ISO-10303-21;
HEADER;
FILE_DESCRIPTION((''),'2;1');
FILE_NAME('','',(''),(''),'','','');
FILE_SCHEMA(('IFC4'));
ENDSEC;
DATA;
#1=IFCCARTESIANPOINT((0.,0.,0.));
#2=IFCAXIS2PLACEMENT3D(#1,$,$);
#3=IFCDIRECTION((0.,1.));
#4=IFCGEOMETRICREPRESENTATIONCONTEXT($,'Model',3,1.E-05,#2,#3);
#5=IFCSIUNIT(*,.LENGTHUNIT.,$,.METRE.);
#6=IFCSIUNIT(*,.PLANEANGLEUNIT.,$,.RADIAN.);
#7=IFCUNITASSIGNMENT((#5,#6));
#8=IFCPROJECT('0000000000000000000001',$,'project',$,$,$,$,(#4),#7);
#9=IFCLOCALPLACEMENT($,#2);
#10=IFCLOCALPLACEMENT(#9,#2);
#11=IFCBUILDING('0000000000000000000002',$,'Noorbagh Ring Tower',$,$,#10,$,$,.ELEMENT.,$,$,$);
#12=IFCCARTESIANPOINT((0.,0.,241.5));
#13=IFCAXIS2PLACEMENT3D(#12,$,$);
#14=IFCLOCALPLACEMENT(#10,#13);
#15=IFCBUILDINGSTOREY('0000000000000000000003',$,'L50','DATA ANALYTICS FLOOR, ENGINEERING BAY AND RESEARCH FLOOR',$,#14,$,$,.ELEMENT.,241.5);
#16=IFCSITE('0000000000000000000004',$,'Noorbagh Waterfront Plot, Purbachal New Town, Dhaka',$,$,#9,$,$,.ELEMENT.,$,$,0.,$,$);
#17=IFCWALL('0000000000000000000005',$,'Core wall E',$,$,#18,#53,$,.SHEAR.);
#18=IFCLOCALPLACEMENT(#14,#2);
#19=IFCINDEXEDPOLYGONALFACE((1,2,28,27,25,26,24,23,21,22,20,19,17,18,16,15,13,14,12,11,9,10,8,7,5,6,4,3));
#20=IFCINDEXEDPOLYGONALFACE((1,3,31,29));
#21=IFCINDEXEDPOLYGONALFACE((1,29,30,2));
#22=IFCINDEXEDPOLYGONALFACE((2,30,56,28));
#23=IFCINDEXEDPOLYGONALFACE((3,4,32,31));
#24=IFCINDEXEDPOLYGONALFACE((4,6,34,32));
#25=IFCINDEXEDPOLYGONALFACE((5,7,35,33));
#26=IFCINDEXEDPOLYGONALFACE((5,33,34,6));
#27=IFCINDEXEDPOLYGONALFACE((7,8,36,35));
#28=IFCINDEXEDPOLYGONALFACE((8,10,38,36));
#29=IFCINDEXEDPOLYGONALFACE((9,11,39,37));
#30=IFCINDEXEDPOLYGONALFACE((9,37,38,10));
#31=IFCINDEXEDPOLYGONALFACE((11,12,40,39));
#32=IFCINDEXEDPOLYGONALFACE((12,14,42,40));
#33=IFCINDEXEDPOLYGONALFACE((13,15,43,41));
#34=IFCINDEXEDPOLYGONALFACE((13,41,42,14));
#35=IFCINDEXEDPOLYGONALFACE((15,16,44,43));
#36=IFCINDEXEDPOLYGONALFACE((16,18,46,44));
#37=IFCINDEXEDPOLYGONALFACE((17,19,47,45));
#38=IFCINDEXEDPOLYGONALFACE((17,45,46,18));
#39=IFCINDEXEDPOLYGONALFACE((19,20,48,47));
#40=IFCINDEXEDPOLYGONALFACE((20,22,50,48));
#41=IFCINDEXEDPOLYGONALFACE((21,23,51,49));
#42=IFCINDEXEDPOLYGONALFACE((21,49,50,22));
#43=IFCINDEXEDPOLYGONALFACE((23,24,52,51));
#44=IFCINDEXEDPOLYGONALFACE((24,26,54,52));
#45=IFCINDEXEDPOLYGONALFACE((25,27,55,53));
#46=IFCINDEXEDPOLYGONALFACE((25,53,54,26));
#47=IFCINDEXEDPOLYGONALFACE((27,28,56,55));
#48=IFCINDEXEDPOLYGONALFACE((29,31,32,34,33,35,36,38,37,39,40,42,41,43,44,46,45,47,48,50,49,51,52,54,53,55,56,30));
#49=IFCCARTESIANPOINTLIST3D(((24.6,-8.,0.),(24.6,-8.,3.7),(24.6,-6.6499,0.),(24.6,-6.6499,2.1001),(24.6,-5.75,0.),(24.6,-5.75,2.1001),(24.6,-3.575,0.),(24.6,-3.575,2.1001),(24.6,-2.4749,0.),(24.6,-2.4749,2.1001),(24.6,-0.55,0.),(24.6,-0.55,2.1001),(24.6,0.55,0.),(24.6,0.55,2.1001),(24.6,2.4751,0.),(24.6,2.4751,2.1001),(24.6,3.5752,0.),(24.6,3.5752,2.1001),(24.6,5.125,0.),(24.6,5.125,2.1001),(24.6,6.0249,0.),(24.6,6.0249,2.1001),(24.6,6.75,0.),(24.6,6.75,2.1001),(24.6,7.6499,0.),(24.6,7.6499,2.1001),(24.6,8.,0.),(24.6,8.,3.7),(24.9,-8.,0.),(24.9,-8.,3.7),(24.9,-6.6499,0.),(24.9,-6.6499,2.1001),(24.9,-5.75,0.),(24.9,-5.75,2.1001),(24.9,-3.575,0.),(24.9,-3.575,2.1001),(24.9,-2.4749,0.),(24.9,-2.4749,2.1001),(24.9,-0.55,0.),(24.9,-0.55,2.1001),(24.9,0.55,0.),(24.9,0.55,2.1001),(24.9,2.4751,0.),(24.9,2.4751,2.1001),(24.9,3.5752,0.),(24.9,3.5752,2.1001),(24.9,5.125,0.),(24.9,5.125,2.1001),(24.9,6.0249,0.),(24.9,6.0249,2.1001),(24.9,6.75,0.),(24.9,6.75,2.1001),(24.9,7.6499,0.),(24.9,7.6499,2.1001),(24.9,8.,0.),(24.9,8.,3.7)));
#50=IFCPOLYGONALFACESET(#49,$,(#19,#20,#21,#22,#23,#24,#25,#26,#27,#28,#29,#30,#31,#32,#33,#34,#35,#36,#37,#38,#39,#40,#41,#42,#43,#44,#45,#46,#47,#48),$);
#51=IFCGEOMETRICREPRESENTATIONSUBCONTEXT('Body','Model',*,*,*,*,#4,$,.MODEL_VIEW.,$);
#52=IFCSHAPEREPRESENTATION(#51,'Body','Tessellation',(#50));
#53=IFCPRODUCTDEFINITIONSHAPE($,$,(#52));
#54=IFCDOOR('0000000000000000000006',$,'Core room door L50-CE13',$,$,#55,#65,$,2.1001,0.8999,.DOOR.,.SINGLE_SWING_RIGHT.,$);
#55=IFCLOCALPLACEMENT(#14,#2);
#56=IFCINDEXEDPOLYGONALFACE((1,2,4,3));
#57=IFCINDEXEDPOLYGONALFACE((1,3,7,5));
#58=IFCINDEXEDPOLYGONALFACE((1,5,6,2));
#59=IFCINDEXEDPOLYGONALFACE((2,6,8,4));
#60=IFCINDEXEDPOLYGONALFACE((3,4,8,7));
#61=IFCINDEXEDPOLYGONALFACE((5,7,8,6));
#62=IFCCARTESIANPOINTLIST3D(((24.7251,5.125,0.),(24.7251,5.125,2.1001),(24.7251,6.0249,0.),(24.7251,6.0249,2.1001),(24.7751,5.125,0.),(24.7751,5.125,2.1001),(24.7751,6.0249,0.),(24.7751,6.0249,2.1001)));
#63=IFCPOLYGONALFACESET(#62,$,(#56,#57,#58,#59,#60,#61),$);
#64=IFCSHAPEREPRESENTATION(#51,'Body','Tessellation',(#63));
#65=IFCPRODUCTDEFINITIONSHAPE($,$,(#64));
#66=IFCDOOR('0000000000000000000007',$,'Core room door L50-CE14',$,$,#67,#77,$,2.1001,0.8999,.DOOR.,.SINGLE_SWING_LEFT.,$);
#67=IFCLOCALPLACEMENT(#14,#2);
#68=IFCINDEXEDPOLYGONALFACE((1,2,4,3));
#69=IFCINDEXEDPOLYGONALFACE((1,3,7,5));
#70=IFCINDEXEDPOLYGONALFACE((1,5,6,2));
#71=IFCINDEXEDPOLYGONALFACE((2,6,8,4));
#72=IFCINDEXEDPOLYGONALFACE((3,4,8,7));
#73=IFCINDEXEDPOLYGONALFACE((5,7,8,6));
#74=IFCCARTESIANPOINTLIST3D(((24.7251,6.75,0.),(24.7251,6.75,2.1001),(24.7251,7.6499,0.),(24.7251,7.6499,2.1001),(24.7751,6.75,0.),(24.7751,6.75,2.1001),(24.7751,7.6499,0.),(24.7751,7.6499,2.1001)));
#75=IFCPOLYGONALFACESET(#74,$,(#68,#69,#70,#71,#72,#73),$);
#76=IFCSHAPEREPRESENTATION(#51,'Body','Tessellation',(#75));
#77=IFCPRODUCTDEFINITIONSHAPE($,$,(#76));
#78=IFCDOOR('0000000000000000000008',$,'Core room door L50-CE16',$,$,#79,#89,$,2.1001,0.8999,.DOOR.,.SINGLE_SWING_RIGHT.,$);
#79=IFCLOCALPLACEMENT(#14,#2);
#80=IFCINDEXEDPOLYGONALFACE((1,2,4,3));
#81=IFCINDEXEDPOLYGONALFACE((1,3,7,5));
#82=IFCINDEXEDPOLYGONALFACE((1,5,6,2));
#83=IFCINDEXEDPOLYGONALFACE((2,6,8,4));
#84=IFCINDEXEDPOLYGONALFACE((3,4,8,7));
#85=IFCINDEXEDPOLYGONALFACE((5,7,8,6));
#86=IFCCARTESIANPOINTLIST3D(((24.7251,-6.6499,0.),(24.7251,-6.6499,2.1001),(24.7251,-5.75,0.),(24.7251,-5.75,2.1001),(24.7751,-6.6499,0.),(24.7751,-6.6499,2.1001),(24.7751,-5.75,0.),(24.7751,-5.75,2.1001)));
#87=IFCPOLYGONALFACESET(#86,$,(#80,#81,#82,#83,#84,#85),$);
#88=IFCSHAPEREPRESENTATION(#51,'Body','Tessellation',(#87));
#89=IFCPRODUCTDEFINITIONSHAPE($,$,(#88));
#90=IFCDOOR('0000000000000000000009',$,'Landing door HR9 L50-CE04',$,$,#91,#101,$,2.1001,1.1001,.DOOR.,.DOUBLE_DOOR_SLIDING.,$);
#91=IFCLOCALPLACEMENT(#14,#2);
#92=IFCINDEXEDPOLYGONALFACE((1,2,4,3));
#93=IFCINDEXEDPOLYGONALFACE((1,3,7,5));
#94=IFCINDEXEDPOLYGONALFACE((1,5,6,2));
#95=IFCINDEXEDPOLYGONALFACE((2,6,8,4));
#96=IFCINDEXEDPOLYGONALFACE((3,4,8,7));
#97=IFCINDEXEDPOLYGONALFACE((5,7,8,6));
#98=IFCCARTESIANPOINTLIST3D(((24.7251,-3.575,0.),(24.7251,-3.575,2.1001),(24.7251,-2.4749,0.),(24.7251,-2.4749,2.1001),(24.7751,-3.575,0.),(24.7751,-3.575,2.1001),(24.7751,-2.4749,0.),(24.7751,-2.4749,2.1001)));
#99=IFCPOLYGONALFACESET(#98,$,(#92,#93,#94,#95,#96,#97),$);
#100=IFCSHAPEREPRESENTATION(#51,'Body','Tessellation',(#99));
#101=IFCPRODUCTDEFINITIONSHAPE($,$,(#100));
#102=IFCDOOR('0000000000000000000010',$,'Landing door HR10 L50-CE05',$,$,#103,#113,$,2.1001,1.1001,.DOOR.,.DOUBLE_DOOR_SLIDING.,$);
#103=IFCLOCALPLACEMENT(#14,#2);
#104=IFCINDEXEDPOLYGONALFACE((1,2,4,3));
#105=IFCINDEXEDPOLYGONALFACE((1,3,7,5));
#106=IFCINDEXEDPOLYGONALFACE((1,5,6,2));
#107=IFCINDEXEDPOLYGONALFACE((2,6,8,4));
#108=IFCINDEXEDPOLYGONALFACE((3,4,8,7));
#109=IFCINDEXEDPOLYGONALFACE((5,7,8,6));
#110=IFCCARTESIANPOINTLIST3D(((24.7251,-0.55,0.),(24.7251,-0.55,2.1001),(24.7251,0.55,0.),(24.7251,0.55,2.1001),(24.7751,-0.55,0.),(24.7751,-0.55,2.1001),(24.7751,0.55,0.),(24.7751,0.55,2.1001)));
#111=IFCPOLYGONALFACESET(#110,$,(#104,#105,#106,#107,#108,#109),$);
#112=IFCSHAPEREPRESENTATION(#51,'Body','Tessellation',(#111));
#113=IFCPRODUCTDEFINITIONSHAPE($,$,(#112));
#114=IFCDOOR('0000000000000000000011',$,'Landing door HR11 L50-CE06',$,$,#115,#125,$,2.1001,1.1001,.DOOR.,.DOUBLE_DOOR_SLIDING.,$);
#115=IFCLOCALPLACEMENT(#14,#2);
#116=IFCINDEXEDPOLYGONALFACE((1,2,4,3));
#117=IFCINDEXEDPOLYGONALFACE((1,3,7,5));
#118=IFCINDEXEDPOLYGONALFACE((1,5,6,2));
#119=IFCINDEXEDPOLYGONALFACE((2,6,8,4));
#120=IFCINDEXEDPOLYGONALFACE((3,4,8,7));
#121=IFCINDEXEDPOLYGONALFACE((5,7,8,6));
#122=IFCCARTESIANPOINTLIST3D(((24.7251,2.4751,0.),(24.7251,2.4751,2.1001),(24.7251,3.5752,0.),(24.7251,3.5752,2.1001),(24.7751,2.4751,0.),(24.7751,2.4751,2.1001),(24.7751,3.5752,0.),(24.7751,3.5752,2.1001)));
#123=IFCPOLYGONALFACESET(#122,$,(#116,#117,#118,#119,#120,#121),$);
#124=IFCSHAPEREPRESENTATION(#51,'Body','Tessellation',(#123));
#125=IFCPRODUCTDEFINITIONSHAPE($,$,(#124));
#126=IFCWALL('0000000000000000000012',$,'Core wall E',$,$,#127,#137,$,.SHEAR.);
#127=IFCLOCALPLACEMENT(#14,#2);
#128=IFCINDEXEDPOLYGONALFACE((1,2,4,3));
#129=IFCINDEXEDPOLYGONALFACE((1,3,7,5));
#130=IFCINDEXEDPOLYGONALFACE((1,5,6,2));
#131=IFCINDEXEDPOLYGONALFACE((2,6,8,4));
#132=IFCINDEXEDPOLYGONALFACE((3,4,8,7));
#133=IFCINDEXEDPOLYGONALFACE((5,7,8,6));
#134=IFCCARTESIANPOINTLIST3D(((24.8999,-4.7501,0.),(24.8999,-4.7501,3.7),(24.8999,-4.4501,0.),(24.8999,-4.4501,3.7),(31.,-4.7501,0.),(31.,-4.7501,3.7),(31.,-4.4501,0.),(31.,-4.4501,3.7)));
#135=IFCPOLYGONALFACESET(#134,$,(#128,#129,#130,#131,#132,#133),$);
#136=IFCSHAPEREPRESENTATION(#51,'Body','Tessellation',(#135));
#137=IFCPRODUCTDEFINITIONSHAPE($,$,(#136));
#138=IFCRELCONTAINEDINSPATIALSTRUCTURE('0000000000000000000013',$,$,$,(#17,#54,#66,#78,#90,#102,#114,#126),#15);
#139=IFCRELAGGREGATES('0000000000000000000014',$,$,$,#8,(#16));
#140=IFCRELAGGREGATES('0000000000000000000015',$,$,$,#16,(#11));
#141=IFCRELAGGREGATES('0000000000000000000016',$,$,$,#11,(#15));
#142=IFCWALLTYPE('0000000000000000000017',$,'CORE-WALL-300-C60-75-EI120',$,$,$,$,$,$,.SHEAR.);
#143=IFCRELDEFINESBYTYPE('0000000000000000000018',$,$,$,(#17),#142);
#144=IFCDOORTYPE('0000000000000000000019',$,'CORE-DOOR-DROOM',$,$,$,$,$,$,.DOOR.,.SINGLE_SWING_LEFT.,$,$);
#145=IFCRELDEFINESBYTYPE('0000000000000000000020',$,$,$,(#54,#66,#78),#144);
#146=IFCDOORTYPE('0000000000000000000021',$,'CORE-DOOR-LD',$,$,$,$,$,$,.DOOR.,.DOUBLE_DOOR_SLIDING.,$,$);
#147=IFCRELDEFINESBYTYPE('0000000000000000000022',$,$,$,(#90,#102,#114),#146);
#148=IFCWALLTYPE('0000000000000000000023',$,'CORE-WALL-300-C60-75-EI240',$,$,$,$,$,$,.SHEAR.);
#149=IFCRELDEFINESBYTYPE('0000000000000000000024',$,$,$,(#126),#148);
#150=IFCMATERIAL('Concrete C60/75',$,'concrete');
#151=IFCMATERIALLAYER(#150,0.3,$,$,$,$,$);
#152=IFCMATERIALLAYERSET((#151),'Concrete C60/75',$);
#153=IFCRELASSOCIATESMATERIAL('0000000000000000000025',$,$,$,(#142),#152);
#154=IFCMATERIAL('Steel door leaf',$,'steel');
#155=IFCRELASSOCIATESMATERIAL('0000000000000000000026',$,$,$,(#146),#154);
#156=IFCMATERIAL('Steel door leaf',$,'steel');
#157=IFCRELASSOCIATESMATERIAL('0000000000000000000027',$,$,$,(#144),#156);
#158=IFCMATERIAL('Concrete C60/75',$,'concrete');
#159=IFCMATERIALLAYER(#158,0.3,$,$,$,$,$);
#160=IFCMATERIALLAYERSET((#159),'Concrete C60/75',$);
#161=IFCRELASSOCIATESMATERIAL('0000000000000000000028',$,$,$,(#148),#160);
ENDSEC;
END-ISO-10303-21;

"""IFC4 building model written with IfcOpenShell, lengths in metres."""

from ifc_helpers import new_model, si_unit, direction, frame, frame_2d, origin, place, context, subcontext, project, spatial, rectangle, extrude, material, layer, layer_set, type_object, element, fill, save


model = new_model("IFC4")

# Units and contexts
model_context = context("Model", 3, precision=1e-05, world=origin(), true_north=direction((0.0, 1.0)))
body_context = subcontext(model_context, "Body", "Model", "MODEL_VIEW")
ifc_project = project(units=[si_unit("LENGTHUNIT", "METRE"), si_unit("PLANEANGLEUNIT", "RADIAN")], contexts=[model_context])

# Site, building, storey
site_placement = place(None, origin())
site = spatial("IfcSite", under=ifc_project, at=site_placement, Name="Noorbagh Waterfront Plot, Purbachal New Town, Dhaka", CompositionType="ELEMENT", RefElevation=0.0)
building_placement = place(site_placement, origin())
building = spatial("IfcBuilding", under=site, at=building_placement, Name="Noorbagh Ring Tower", CompositionType="ELEMENT")
storey_placement = place(building_placement, frame((0.0, 0.0, 241.5)))
storey = spatial("IfcBuildingStorey", under=building, at=storey_placement, Name="L50", Description="DATA ANALYTICS FLOOR, ENGINEERING BAY AND RESEARCH FLOOR", CompositionType="ELEMENT", Elevation=241.5)

# Shared definitions
ifc_material_1 = material(Name="Concrete C60/75", Category="concrete")
ifc_layer_1 = layer(ifc_material_1, 0.3)
ifc_layer_set_1 = layer_set([ifc_layer_1], Name="Concrete C60/75")
wall_type_1 = type_object("IfcWallType", Name="CORE-WALL-300-C60-75-EI120", PredefinedType="SHEAR", material=ifc_layer_set_1)

# Wall, openings, doors
ifc_material_2 = material(Name="Steel door leaf", Category="steel")
door_type_1 = type_object("IfcDoorType", Name="CORE-DOOR-LD", OperationType="DOUBLE_DOOR_SLIDING", PredefinedType="DOOR", material=ifc_material_2)
wall_1_placement = place(storey_placement, frame((24.75, -8.0, 0.0), z_axis=(0.0, 0.0, 1.0), x_axis=(0.0, 1.0, 0.0)))
wall_1 = element("IfcWall", 1, at=wall_1_placement, inside=storey, type_object=wall_type_1, Name="Core wall E", PredefinedType="SHEAR", context=body_context, shape_type="SweptSolid", body=[
    extrude(rectangle(XDim=16.0, YDim=0.3, at=frame_2d((8.0, 0.0))), origin(), (0.0, 0.0, 1.0), 3.7),
])
opening_1_placement = place(wall_1_placement, frame((4.425, 0.0, 0.0)))
opening_1 = element("IfcOpeningElement", 2, at=opening_1_placement, cuts=wall_1, PredefinedType="OPENING", context=body_context, shape_type="SweptSolid", body=[
    extrude(rectangle(XDim=1.1001, YDim=2.1001, at=frame_2d((0.55, 1.05))), frame((0.0, 0.1602, 0.0), z_axis=(0.0, -1.0, 0.0), x_axis=(1.0, 0.0, 0.0)), (0.0, 0.0, 1.0), 0.3201),
])
opening_2_placement = place(wall_1_placement, frame((7.45, 0.0, 0.0)))
opening_2 = element("IfcOpeningElement", 3, at=opening_2_placement, cuts=wall_1, PredefinedType="OPENING", context=body_context, shape_type="SweptSolid", body=[
    extrude(rectangle(XDim=1.1001, YDim=2.1001, at=frame_2d((0.55, 1.05))), frame((0.0, 0.1602, 0.0), z_axis=(0.0, -1.0, 0.0), x_axis=(1.0, 0.0, 0.0)), (0.0, 0.0, 1.0), 0.3201),
])
opening_3_placement = place(wall_1_placement, frame((10.4751, 0.0, 0.0)))
opening_3 = element("IfcOpeningElement", 4, at=opening_3_placement, cuts=wall_1, PredefinedType="OPENING", context=body_context, shape_type="SweptSolid", body=[
    extrude(rectangle(XDim=1.1001, YDim=2.1001, at=frame_2d((0.55, 1.05))), frame((0.0, 0.1602, 0.0), z_axis=(0.0, -1.0, 0.0), x_axis=(1.0, 0.0, 0.0)), (0.0, 0.0, 1.0), 0.3201),
])
opening_4_placement = place(wall_1_placement, frame((13.125, 0.0, 0.0)))
opening_4 = element("IfcOpeningElement", 5, at=opening_4_placement, cuts=wall_1, PredefinedType="OPENING", context=body_context, shape_type="SweptSolid", body=[
    extrude(rectangle(XDim=0.8999, YDim=2.1001, at=frame_2d((0.45, 1.05))), frame((0.0, 0.1602, 0.0), z_axis=(0.0, -1.0, 0.0), x_axis=(1.0, 0.0, 0.0)), (0.0, 0.0, 1.0), 0.3201),
])
opening_5_placement = place(wall_1_placement, frame((14.75, 0.0, 0.0)))
opening_5 = element("IfcOpeningElement", 6, at=opening_5_placement, cuts=wall_1, PredefinedType="OPENING", context=body_context, shape_type="SweptSolid", body=[
    extrude(rectangle(XDim=0.8999, YDim=2.1001, at=frame_2d((0.45, 1.05))), frame((0.0, 0.1602, 0.0), z_axis=(0.0, -1.0, 0.0), x_axis=(1.0, 0.0, 0.0)), (0.0, 0.0, 1.0), 0.3201),
])
opening_6_placement = place(wall_1_placement, frame((1.3501, 0.0, 0.0)))
opening_6 = element("IfcOpeningElement", 7, at=opening_6_placement, cuts=wall_1, PredefinedType="OPENING", context=body_context, shape_type="SweptSolid", body=[
    extrude(rectangle(XDim=0.8999, YDim=2.1001, at=frame_2d((0.45, 1.05))), frame((0.0, 0.1602, 0.0), z_axis=(0.0, -1.0, 0.0), x_axis=(1.0, 0.0, 0.0)), (0.0, 0.0, 1.0), 0.3201),
])
ifc_material_3 = material(Name="Steel door leaf", Category="steel")
door_type_2 = type_object("IfcDoorType", Name="CORE-DOOR-DROOM", OperationType="SINGLE_SWING_LEFT", PredefinedType="DOOR", material=ifc_material_3)
door_1_placement = place(opening_4_placement, origin())
door_1 = element("IfcDoor", 8, at=door_1_placement, inside=storey, type_object=door_type_2, Name="Core room door L50-CE13", OperationType="SINGLE_SWING_RIGHT", OverallHeight=2.1001, OverallWidth=0.8999, PredefinedType="DOOR", context=body_context, shape_type="SweptSolid", body=[
    extrude(rectangle(XDim=0.8999, YDim=2.1001, at=frame_2d((0.45, 1.05))), frame((0.0, 0.0249, 0.0), z_axis=(0.0, -1.0, 0.0), x_axis=(1.0, 0.0, 0.0)), (0.0, 0.0, 1.0), 0.05),
])
fill(opening_4, door_1)
door_2_placement = place(opening_5_placement, origin())
door_2 = element("IfcDoor", 9, at=door_2_placement, inside=storey, type_object=door_type_2, Name="Core room door L50-CE14", OperationType="SINGLE_SWING_LEFT", OverallHeight=2.1001, OverallWidth=0.8999, PredefinedType="DOOR", context=body_context, shape_type="SweptSolid", body=[
    extrude(rectangle(XDim=0.8999, YDim=2.1001, at=frame_2d((0.45, 1.05))), frame((0.0, 0.0249, 0.0), z_axis=(0.0, -1.0, 0.0), x_axis=(1.0, 0.0, 0.0)), (0.0, 0.0, 1.0), 0.05),
])
fill(opening_5, door_2)
door_3_placement = place(opening_6_placement, origin())
door_3 = element("IfcDoor", 10, at=door_3_placement, inside=storey, type_object=door_type_2, Name="Core room door L50-CE16", OperationType="SINGLE_SWING_RIGHT", OverallHeight=2.1001, OverallWidth=0.8999, PredefinedType="DOOR", context=body_context, shape_type="SweptSolid", body=[
    extrude(rectangle(XDim=0.8999, YDim=2.1001, at=frame_2d((0.45, 1.05))), frame((0.0, 0.0249, 0.0), z_axis=(0.0, -1.0, 0.0), x_axis=(1.0, 0.0, 0.0)), (0.0, 0.0, 1.0), 0.05),
])
fill(opening_6, door_3)
door_4_placement = place(opening_1_placement, origin())
door_4 = element("IfcDoor", 11, at=door_4_placement, inside=storey, type_object=door_type_1, Name="Landing door HR9 L50-CE04", OperationType="DOUBLE_DOOR_SLIDING", OverallHeight=2.1001, OverallWidth=1.1001, PredefinedType="DOOR", context=body_context, shape_type="SweptSolid", body=[
    extrude(rectangle(XDim=1.1001, YDim=2.1001, at=frame_2d((0.55, 1.05))), frame((0.0, 0.0249, 0.0), z_axis=(0.0, -1.0, 0.0), x_axis=(1.0, 0.0, 0.0)), (0.0, 0.0, 1.0), 0.05),
])
fill(opening_1, door_4)
door_5_placement = place(opening_2_placement, origin())
door_5 = element("IfcDoor", 12, at=door_5_placement, inside=storey, type_object=door_type_1, Name="Landing door HR10 L50-CE05", OperationType="DOUBLE_DOOR_SLIDING", OverallHeight=2.1001, OverallWidth=1.1001, PredefinedType="DOOR", context=body_context, shape_type="SweptSolid", body=[
    extrude(rectangle(XDim=1.1001, YDim=2.1001, at=frame_2d((0.55, 1.05))), frame((0.0, 0.0249, 0.0), z_axis=(0.0, -1.0, 0.0), x_axis=(1.0, 0.0, 0.0)), (0.0, 0.0, 1.0), 0.05),
])
fill(opening_2, door_5)
door_6_placement = place(opening_3_placement, origin())
door_6 = element("IfcDoor", 13, at=door_6_placement, inside=storey, type_object=door_type_1, Name="Landing door HR11 L50-CE06", OperationType="DOUBLE_DOOR_SLIDING", OverallHeight=2.1001, OverallWidth=1.1001, PredefinedType="DOOR", context=body_context, shape_type="SweptSolid", body=[
    extrude(rectangle(XDim=1.1001, YDim=2.1001, at=frame_2d((0.55, 1.05))), frame((0.0, 0.0249, 0.0), z_axis=(0.0, -1.0, 0.0), x_axis=(1.0, 0.0, 0.0)), (0.0, 0.0, 1.0), 0.05),
])
fill(opening_3, door_6)

# Wall
ifc_material_4 = material(Name="Concrete C60/75", Category="concrete")
ifc_layer_2 = layer(ifc_material_4, 0.3)
ifc_layer_set_2 = layer_set([ifc_layer_2], Name="Concrete C60/75")
wall_type_2 = type_object("IfcWallType", Name="CORE-WALL-300-C60-75-EI240", PredefinedType="SHEAR", material=ifc_layer_set_2)
wall_2_placement = place(storey_placement, frame((24.8999, -4.6001, 0.0), z_axis=(0.0, 0.0, 1.0), x_axis=(1.0, 0.0, 0.0)))
element("IfcWall", 14, at=wall_2_placement, inside=storey, type_object=wall_type_2, Name="Core wall E", PredefinedType="SHEAR", context=body_context, shape_type="SweptSolid", body=[
    extrude(rectangle(XDim=6.1001, YDim=0.3, at=frame_2d((3.05, 0.0))), origin(), (0.0, 0.0, 1.0), 3.7),
])

save(model, "model.ifc")
